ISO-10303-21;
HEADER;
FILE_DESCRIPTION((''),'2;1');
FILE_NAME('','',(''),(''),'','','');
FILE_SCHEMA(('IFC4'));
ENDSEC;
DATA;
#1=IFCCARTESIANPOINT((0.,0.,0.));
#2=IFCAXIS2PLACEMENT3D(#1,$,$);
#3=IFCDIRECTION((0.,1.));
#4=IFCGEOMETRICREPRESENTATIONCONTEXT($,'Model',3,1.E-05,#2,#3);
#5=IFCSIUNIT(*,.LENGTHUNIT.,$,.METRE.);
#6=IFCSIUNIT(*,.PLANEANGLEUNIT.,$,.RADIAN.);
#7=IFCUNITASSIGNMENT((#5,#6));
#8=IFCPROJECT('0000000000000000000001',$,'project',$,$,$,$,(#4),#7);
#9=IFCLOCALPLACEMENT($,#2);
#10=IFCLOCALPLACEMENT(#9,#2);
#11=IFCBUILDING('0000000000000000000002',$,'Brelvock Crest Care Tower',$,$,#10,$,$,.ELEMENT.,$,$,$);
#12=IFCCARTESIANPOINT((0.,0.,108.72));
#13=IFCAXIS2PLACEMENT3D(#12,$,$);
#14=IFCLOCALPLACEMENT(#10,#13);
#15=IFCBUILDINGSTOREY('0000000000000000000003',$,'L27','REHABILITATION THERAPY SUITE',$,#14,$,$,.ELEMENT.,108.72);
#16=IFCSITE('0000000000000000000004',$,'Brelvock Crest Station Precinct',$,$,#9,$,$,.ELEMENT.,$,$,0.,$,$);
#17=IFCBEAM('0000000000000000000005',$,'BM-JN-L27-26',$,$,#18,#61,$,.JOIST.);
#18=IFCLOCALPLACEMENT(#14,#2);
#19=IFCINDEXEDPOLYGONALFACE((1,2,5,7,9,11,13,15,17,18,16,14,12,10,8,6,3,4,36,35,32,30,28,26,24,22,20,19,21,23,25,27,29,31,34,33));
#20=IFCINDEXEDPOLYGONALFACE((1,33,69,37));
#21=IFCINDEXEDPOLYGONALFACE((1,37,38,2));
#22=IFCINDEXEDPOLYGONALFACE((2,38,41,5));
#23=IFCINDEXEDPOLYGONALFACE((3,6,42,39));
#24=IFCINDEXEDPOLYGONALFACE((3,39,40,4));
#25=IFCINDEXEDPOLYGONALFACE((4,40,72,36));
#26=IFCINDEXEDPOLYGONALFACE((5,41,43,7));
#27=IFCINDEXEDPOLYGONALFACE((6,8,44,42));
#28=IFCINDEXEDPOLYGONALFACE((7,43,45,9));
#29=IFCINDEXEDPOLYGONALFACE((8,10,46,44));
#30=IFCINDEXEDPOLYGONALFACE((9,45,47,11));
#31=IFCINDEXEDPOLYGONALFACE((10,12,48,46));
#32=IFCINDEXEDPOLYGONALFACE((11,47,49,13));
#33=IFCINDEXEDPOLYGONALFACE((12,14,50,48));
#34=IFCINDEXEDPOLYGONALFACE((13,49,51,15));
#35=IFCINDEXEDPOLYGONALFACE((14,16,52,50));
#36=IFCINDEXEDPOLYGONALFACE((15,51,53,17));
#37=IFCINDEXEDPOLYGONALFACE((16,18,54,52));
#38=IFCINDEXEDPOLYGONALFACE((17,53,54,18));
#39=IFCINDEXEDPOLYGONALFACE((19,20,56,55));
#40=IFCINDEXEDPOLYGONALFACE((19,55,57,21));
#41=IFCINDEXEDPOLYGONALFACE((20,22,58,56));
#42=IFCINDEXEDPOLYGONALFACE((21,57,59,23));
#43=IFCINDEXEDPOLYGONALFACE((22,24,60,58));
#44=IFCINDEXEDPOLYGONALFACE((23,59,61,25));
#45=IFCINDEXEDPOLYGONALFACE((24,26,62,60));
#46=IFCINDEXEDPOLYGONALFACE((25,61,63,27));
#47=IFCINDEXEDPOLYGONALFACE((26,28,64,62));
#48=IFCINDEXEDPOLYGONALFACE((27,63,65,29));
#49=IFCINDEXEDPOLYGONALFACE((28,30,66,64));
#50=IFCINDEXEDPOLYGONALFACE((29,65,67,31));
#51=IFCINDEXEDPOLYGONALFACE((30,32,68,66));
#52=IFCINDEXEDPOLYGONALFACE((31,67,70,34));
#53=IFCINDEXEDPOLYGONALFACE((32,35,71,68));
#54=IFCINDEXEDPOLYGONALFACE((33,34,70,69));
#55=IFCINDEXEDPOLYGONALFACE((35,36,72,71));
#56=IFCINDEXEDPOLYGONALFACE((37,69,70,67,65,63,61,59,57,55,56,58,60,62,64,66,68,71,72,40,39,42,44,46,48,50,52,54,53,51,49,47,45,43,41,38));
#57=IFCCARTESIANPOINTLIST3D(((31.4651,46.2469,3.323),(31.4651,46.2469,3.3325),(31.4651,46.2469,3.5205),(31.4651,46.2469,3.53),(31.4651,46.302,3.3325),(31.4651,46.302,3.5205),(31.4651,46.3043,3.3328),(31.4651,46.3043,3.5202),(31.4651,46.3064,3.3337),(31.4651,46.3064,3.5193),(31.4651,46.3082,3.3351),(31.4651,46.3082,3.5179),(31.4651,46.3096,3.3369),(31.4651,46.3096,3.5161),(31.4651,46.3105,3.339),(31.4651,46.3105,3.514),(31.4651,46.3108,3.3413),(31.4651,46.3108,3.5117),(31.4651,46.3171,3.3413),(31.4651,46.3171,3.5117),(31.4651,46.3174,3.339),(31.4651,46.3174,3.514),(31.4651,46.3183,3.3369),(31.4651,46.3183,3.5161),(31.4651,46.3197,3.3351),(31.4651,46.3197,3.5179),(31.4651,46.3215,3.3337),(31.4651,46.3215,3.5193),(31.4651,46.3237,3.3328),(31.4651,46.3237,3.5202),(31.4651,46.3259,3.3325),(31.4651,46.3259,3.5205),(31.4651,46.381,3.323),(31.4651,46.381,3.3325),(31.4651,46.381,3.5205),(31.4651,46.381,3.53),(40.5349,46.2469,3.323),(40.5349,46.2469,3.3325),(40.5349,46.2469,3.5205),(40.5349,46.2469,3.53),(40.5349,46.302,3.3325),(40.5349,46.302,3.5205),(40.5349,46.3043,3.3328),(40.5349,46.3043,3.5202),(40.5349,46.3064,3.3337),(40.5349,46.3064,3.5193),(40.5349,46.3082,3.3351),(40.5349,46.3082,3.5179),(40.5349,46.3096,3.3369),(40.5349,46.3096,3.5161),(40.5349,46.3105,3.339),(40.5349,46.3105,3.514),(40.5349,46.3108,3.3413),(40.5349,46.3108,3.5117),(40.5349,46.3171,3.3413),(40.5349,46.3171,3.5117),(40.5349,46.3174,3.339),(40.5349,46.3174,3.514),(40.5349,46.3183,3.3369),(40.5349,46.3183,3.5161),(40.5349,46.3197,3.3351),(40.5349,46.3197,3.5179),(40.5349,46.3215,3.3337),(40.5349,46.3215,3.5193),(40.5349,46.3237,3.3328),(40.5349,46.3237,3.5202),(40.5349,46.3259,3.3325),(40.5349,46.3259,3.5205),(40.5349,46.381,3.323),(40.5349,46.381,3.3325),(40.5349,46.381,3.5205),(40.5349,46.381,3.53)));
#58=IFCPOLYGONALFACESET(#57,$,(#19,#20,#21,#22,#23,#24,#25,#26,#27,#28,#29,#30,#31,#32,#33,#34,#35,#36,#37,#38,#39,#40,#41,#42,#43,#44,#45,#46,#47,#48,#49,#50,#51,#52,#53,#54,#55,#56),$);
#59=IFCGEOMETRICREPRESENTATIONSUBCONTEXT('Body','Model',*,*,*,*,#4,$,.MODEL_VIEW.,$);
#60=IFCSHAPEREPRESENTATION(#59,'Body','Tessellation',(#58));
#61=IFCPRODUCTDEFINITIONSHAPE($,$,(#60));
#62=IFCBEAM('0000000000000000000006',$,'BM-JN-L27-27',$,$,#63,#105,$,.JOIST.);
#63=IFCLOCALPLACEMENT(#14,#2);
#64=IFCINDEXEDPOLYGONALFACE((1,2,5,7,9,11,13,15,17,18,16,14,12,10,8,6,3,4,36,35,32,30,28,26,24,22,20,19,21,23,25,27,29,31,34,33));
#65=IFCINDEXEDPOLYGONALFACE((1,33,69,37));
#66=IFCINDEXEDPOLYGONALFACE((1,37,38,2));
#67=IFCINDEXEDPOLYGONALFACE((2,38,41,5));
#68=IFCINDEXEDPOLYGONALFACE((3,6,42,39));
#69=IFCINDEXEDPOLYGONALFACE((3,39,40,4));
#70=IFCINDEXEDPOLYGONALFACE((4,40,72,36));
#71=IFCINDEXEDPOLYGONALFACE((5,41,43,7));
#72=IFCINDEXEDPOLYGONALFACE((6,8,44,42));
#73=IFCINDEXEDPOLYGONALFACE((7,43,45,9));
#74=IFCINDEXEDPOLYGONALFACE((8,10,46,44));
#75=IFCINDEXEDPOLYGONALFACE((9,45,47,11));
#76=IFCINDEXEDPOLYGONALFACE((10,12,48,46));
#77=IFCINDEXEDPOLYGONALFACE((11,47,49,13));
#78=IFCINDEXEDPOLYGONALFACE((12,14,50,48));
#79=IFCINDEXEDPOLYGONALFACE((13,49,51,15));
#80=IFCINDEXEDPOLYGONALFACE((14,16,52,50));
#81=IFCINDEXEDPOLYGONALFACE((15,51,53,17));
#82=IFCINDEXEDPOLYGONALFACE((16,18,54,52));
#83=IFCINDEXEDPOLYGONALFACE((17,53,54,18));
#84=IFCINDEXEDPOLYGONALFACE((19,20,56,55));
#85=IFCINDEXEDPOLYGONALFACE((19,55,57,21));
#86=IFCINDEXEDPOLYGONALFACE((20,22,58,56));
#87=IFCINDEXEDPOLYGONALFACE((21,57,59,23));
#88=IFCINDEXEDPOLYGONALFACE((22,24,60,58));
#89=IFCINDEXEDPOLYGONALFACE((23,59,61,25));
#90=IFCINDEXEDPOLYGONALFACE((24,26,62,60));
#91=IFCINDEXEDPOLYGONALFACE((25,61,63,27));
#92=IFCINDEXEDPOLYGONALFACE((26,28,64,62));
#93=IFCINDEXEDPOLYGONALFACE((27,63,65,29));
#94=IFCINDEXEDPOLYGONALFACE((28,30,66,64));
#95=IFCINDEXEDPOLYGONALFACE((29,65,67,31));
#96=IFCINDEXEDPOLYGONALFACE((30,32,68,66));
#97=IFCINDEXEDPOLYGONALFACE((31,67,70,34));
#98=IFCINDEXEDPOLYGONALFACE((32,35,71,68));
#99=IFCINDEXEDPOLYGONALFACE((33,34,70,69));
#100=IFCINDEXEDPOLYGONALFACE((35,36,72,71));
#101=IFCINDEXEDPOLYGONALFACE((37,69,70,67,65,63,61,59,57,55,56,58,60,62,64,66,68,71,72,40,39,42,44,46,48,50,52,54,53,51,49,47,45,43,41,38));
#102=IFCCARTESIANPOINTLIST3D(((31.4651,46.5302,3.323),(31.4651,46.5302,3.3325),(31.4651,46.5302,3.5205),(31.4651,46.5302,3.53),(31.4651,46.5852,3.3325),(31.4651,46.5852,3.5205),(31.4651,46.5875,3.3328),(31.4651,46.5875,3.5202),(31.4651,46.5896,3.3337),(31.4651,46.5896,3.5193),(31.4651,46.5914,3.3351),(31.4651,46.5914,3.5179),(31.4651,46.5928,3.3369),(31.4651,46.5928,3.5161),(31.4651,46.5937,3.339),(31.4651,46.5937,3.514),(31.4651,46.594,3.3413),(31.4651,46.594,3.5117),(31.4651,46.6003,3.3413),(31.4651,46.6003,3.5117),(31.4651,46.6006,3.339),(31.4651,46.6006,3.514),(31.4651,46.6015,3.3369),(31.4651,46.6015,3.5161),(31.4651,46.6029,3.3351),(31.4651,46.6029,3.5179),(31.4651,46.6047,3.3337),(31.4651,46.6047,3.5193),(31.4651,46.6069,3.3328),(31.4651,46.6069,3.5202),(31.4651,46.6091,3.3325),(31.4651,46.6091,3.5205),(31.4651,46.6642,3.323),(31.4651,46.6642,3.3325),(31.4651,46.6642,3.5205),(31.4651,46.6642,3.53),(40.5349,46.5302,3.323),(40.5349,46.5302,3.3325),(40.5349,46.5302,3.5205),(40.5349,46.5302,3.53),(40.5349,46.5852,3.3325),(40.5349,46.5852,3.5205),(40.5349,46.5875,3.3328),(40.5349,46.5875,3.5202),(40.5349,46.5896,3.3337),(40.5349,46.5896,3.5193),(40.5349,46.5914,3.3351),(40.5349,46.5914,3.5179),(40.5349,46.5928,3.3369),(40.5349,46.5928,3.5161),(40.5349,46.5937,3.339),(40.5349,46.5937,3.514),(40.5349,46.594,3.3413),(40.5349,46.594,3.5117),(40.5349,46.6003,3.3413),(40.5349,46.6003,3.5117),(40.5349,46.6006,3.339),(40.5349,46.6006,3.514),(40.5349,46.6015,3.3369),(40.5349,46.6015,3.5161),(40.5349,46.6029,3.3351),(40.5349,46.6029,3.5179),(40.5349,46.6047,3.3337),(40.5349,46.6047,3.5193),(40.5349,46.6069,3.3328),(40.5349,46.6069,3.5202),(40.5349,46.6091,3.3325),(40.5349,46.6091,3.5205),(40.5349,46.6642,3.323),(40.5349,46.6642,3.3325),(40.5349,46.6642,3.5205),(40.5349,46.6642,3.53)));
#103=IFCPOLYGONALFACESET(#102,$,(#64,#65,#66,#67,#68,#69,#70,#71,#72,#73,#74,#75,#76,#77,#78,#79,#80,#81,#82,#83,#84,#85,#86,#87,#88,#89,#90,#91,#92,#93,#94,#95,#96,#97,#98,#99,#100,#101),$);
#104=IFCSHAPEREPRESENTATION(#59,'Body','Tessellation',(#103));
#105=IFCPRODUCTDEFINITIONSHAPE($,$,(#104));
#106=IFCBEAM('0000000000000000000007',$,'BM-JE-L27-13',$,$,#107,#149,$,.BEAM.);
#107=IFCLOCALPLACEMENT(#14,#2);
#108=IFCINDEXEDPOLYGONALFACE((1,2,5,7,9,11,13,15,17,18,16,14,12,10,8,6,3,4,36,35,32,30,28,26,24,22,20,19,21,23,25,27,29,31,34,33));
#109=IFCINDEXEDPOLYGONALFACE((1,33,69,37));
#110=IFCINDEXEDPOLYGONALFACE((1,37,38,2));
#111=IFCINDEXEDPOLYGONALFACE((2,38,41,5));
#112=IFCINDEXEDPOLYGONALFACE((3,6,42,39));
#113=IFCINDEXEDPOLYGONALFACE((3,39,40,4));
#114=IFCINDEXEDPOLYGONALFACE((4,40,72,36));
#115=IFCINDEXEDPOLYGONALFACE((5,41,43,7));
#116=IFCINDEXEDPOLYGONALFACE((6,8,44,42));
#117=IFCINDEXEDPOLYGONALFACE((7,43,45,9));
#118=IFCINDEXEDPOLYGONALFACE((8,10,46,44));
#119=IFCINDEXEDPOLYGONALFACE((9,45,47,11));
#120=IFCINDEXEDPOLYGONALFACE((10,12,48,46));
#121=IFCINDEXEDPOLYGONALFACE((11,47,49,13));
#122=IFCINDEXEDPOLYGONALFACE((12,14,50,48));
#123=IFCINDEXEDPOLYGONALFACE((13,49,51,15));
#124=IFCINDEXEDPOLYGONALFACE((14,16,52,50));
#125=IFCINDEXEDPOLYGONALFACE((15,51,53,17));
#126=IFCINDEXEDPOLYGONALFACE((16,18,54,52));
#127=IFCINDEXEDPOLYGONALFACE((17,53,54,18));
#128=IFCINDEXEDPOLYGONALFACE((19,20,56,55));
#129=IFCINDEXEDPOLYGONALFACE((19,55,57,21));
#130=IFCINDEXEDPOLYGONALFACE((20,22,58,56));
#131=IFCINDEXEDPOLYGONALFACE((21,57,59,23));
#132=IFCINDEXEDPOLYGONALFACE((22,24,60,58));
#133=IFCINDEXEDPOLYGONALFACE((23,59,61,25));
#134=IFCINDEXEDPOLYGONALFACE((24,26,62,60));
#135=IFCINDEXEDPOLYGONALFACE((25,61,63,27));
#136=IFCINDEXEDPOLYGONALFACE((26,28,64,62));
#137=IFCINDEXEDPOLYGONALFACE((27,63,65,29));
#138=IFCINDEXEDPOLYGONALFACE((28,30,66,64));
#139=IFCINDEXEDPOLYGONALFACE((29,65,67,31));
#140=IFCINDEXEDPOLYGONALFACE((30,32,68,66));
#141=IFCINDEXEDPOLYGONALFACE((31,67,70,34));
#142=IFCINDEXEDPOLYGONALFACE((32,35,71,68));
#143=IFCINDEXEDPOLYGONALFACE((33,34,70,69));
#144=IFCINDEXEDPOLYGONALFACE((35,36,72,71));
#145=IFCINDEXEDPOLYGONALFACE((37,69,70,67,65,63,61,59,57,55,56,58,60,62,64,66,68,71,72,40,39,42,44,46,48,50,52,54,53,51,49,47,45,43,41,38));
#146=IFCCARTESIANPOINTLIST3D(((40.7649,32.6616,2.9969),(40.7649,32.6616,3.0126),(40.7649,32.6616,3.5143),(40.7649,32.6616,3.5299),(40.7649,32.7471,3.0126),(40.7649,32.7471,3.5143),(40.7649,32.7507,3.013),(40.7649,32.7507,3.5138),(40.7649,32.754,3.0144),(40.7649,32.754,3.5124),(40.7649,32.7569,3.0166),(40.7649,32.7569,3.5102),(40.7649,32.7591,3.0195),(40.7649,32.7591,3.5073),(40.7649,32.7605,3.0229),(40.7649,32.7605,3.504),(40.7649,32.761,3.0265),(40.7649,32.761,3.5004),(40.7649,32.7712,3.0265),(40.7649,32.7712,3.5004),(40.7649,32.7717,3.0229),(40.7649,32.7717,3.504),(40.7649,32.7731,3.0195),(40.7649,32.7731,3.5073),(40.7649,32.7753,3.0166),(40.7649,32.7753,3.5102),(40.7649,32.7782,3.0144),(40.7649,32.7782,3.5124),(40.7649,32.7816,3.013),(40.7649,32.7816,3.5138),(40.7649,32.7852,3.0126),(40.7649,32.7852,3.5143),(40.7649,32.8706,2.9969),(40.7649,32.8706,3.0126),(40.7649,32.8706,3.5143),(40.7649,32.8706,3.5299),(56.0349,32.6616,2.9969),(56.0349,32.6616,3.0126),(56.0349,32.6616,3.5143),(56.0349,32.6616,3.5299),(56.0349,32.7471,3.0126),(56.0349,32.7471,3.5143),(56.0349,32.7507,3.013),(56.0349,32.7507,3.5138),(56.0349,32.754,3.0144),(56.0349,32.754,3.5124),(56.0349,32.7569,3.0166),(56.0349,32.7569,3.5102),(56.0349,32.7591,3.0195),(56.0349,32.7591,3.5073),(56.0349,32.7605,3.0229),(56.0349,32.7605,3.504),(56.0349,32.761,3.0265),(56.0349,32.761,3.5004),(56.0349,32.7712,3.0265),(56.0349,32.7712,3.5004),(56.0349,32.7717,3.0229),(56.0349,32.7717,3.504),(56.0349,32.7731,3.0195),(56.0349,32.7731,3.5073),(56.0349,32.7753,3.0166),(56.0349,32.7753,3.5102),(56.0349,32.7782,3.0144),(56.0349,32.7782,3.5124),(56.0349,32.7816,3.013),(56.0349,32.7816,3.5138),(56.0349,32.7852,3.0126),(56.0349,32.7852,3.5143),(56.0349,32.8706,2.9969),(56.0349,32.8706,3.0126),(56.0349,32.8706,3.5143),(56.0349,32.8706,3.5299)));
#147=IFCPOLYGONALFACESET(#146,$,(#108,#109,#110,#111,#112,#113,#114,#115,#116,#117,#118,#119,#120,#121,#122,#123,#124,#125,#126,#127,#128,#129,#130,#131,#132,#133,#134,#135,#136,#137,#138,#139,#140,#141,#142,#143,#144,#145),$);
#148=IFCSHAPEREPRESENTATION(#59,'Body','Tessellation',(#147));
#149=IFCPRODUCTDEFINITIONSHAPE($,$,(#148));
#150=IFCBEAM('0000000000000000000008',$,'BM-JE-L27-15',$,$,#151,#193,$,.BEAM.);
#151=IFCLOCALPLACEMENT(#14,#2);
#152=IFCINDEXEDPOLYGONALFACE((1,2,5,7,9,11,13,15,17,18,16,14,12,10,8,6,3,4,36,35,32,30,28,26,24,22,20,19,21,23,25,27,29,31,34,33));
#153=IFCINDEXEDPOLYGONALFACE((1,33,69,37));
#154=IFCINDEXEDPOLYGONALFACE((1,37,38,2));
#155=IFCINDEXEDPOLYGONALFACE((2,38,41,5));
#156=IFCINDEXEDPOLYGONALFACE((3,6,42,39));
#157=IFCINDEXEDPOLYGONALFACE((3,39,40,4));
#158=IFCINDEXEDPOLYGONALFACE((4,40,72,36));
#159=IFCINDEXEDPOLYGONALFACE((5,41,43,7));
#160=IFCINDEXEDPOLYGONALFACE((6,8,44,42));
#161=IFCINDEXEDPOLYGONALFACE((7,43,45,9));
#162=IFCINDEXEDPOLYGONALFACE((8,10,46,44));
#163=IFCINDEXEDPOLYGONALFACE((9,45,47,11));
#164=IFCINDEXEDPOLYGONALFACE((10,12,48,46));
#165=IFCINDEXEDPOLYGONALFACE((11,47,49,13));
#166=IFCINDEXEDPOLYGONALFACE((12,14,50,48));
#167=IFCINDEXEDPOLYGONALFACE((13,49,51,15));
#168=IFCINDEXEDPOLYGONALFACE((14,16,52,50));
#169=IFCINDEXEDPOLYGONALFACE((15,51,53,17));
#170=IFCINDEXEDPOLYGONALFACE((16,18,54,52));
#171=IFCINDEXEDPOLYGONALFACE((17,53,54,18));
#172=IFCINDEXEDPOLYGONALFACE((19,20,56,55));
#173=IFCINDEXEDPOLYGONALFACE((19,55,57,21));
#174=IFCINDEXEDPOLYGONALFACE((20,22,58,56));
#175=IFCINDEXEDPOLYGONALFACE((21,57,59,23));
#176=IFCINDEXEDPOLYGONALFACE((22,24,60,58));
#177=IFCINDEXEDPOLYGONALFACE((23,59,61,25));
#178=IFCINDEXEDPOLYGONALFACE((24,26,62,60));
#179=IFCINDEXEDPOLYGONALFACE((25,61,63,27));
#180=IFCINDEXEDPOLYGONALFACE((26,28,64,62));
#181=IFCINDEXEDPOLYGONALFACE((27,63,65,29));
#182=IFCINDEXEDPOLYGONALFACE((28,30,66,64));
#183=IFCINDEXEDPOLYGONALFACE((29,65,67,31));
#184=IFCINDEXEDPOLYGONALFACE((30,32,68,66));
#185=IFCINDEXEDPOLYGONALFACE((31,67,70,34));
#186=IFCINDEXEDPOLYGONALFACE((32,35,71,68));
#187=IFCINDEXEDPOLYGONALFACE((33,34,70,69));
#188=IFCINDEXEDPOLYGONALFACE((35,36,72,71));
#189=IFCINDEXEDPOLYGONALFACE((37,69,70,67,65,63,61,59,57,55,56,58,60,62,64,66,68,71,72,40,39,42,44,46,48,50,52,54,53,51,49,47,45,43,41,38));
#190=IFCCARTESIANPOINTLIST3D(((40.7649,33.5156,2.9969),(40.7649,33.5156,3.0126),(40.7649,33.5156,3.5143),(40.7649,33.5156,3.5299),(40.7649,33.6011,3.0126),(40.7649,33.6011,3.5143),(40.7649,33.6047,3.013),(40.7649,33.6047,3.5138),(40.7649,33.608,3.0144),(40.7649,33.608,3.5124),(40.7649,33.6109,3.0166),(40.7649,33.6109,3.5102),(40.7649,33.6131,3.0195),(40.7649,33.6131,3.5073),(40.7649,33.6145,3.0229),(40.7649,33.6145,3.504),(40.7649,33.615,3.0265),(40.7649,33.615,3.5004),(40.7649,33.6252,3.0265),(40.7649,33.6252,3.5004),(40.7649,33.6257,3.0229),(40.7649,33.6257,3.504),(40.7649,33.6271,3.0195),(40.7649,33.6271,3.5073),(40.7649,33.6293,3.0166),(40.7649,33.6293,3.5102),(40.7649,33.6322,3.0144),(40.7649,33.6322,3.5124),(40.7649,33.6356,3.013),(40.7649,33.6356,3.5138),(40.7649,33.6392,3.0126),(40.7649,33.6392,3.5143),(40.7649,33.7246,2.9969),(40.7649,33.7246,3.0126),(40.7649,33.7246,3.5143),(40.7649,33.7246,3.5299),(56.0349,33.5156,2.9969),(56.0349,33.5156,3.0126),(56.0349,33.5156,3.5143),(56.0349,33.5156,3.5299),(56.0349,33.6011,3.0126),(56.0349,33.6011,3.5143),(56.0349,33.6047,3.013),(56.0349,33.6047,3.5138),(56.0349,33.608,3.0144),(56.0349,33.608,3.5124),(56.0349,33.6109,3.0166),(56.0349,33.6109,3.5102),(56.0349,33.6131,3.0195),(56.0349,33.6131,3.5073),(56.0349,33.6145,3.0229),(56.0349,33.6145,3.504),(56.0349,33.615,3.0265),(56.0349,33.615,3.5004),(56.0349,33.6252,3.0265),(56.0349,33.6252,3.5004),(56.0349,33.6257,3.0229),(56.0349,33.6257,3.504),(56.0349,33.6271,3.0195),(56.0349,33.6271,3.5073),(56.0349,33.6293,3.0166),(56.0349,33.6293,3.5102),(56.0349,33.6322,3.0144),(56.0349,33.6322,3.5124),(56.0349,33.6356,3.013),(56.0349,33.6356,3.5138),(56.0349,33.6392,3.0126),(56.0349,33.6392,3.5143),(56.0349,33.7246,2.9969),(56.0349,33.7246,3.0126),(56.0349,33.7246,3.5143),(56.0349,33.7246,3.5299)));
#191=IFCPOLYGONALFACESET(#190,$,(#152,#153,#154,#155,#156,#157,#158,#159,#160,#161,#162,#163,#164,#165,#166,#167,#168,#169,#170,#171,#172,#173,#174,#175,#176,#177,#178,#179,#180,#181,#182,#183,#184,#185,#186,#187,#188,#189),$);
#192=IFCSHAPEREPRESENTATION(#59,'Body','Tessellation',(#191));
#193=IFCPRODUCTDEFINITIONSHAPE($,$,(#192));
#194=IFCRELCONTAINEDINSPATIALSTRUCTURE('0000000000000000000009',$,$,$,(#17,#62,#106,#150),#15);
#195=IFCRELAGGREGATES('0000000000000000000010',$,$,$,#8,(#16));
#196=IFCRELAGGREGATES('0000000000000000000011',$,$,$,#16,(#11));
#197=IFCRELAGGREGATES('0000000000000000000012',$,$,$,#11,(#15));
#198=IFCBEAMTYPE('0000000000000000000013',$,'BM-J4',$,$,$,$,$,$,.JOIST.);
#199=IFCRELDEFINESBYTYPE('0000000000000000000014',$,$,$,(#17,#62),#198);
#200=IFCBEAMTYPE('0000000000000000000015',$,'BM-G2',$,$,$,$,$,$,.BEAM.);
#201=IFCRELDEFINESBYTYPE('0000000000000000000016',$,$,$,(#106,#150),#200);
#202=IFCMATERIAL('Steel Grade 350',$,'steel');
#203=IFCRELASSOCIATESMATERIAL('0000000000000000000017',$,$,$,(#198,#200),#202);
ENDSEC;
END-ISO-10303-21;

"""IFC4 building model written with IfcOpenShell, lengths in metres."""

from ifc_helpers import new_model, si_unit, direction, frame, origin, origin_2d, place, context, subcontext, project, spatial, i_section, extrude, source, transform, mapped, material, material_profile, profile_set, type_object, element, save


model = new_model("IFC4")

# Units and contexts
model_context = context("Model", 3, precision=1e-05, world=origin(), true_north=direction((0.0, 1.0)))
body_context = subcontext(model_context, "Body", "Model", "MODEL_VIEW")
ifc_project = project(units=[si_unit("LENGTHUNIT", "METRE"), si_unit("PLANEANGLEUNIT", "RADIAN")], contexts=[model_context])

# Site, building, storey
site_placement = place(None, origin())
site = spatial("IfcSite", under=ifc_project, at=site_placement, Name="Brelvock Crest Station Precinct", CompositionType="ELEMENT", RefElevation=0.0)
building_placement = place(site_placement, origin())
building = spatial("IfcBuilding", under=site, at=building_placement, Name="Brelvock Crest Care Tower", CompositionType="ELEMENT")
storey_placement = place(building_placement, frame((0.0, 0.0, 108.72)))
storey = spatial("IfcBuildingStorey", under=building, at=storey_placement, Name="L27", Description="REHABILITATION THERAPY SUITE", CompositionType="ELEMENT", Elevation=108.72)

# Beams
ifc_material_1 = material(Name="Steel Grade 350", Category="steel")
ifc_material_profile_1 = material_profile(ifc_material_1, i_section(OverallWidth=0.134, OverallDepth=0.207, WebThickness=0.0063, FlangeThickness=0.0095, FilletRadius=0.0088, at=origin_2d()), Name="200UB29.8")
ifc_profile_set_1 = profile_set([ifc_material_profile_1], Name="Steel Grade 350")
beam_type_1 = type_object("IfcBeamType", Name="BM-J4", PredefinedType="JOIST", material=ifc_profile_set_1)
shared_shape_1 = source(origin(), body_context, "Body", "SweptSolid", [
    extrude(i_section(OverallWidth=0.134, OverallDepth=0.207, WebThickness=0.0063, FlangeThickness=0.0095, FilletRadius=0.0088, at=origin_2d()), origin(), (0.0, 0.0, 1.0), 9.0698),
])
for number, where, z_axis, x_axis, name in (
    (1, (31.4651, 46.314, 3.4265), (1.0, 0.0, 0.0), (0.0, 1.0, 0.0), "BM-JN-L27-26"),
    (2, (31.4651, 46.5972, 3.4265), (1.0, 0.0, 0.0), (0.0, 1.0, 0.0), "BM-JN-L27-27"),
):
    element("IfcBeam", number, at=place(storey_placement, frame(where, z_axis=z_axis, x_axis=x_axis)), inside=storey, type_object=beam_type_1, Name=name, PredefinedType="JOIST", context=body_context, shape_type="MappedRepresentation", body=[
        mapped(shared_shape_1, transform((0.0, 0.0, 0.0), x_axis=(1.0, 0.0, 0.0), y_axis=(0.0, 1.0, 0.0), z_axis=(0.0, 0.0, 1.0), scale=1.0)),
    ])
ifc_material_profile_2 = material_profile(ifc_material_1, i_section(OverallWidth=0.209, OverallDepth=0.533, WebThickness=0.0103, FlangeThickness=0.0156, FilletRadius=0.0139, at=origin_2d()), Name="530UB92.4")
ifc_profile_set_2 = profile_set([ifc_material_profile_2], Name="Steel Grade 350")
beam_type_2 = type_object("IfcBeamType", Name="BM-G2", PredefinedType="BEAM", material=ifc_profile_set_2)
shared_shape_2 = source(origin(), body_context, "Body", "SweptSolid", [
    extrude(i_section(OverallWidth=0.209, OverallDepth=0.533, WebThickness=0.0103, FlangeThickness=0.0156, FilletRadius=0.0139, at=origin_2d()), origin(), (0.0, 0.0, 1.0), 15.27),
])
for number, where, z_axis, x_axis, name in (
    (3, (40.7649, 32.7661, 3.2634), (1.0, 0.0, 0.0), (0.0, 1.0, 0.0), "BM-JE-L27-13"),
    (4, (40.7649, 33.6201, 3.2634), (1.0, 0.0, 0.0), (0.0, 1.0, 0.0), "BM-JE-L27-15"),
):
    element("IfcBeam", number, at=place(storey_placement, frame(where, z_axis=z_axis, x_axis=x_axis)), inside=storey, type_object=beam_type_2, Name=name, PredefinedType="BEAM", context=body_context, shape_type="MappedRepresentation", body=[
        mapped(shared_shape_2, transform((0.0, 0.0, 0.0), x_axis=(1.0, 0.0, 0.0), y_axis=(0.0, 1.0, 0.0), z_axis=(0.0, 0.0, 1.0), scale=1.0)),
    ])

save(model, "model.ifc")
